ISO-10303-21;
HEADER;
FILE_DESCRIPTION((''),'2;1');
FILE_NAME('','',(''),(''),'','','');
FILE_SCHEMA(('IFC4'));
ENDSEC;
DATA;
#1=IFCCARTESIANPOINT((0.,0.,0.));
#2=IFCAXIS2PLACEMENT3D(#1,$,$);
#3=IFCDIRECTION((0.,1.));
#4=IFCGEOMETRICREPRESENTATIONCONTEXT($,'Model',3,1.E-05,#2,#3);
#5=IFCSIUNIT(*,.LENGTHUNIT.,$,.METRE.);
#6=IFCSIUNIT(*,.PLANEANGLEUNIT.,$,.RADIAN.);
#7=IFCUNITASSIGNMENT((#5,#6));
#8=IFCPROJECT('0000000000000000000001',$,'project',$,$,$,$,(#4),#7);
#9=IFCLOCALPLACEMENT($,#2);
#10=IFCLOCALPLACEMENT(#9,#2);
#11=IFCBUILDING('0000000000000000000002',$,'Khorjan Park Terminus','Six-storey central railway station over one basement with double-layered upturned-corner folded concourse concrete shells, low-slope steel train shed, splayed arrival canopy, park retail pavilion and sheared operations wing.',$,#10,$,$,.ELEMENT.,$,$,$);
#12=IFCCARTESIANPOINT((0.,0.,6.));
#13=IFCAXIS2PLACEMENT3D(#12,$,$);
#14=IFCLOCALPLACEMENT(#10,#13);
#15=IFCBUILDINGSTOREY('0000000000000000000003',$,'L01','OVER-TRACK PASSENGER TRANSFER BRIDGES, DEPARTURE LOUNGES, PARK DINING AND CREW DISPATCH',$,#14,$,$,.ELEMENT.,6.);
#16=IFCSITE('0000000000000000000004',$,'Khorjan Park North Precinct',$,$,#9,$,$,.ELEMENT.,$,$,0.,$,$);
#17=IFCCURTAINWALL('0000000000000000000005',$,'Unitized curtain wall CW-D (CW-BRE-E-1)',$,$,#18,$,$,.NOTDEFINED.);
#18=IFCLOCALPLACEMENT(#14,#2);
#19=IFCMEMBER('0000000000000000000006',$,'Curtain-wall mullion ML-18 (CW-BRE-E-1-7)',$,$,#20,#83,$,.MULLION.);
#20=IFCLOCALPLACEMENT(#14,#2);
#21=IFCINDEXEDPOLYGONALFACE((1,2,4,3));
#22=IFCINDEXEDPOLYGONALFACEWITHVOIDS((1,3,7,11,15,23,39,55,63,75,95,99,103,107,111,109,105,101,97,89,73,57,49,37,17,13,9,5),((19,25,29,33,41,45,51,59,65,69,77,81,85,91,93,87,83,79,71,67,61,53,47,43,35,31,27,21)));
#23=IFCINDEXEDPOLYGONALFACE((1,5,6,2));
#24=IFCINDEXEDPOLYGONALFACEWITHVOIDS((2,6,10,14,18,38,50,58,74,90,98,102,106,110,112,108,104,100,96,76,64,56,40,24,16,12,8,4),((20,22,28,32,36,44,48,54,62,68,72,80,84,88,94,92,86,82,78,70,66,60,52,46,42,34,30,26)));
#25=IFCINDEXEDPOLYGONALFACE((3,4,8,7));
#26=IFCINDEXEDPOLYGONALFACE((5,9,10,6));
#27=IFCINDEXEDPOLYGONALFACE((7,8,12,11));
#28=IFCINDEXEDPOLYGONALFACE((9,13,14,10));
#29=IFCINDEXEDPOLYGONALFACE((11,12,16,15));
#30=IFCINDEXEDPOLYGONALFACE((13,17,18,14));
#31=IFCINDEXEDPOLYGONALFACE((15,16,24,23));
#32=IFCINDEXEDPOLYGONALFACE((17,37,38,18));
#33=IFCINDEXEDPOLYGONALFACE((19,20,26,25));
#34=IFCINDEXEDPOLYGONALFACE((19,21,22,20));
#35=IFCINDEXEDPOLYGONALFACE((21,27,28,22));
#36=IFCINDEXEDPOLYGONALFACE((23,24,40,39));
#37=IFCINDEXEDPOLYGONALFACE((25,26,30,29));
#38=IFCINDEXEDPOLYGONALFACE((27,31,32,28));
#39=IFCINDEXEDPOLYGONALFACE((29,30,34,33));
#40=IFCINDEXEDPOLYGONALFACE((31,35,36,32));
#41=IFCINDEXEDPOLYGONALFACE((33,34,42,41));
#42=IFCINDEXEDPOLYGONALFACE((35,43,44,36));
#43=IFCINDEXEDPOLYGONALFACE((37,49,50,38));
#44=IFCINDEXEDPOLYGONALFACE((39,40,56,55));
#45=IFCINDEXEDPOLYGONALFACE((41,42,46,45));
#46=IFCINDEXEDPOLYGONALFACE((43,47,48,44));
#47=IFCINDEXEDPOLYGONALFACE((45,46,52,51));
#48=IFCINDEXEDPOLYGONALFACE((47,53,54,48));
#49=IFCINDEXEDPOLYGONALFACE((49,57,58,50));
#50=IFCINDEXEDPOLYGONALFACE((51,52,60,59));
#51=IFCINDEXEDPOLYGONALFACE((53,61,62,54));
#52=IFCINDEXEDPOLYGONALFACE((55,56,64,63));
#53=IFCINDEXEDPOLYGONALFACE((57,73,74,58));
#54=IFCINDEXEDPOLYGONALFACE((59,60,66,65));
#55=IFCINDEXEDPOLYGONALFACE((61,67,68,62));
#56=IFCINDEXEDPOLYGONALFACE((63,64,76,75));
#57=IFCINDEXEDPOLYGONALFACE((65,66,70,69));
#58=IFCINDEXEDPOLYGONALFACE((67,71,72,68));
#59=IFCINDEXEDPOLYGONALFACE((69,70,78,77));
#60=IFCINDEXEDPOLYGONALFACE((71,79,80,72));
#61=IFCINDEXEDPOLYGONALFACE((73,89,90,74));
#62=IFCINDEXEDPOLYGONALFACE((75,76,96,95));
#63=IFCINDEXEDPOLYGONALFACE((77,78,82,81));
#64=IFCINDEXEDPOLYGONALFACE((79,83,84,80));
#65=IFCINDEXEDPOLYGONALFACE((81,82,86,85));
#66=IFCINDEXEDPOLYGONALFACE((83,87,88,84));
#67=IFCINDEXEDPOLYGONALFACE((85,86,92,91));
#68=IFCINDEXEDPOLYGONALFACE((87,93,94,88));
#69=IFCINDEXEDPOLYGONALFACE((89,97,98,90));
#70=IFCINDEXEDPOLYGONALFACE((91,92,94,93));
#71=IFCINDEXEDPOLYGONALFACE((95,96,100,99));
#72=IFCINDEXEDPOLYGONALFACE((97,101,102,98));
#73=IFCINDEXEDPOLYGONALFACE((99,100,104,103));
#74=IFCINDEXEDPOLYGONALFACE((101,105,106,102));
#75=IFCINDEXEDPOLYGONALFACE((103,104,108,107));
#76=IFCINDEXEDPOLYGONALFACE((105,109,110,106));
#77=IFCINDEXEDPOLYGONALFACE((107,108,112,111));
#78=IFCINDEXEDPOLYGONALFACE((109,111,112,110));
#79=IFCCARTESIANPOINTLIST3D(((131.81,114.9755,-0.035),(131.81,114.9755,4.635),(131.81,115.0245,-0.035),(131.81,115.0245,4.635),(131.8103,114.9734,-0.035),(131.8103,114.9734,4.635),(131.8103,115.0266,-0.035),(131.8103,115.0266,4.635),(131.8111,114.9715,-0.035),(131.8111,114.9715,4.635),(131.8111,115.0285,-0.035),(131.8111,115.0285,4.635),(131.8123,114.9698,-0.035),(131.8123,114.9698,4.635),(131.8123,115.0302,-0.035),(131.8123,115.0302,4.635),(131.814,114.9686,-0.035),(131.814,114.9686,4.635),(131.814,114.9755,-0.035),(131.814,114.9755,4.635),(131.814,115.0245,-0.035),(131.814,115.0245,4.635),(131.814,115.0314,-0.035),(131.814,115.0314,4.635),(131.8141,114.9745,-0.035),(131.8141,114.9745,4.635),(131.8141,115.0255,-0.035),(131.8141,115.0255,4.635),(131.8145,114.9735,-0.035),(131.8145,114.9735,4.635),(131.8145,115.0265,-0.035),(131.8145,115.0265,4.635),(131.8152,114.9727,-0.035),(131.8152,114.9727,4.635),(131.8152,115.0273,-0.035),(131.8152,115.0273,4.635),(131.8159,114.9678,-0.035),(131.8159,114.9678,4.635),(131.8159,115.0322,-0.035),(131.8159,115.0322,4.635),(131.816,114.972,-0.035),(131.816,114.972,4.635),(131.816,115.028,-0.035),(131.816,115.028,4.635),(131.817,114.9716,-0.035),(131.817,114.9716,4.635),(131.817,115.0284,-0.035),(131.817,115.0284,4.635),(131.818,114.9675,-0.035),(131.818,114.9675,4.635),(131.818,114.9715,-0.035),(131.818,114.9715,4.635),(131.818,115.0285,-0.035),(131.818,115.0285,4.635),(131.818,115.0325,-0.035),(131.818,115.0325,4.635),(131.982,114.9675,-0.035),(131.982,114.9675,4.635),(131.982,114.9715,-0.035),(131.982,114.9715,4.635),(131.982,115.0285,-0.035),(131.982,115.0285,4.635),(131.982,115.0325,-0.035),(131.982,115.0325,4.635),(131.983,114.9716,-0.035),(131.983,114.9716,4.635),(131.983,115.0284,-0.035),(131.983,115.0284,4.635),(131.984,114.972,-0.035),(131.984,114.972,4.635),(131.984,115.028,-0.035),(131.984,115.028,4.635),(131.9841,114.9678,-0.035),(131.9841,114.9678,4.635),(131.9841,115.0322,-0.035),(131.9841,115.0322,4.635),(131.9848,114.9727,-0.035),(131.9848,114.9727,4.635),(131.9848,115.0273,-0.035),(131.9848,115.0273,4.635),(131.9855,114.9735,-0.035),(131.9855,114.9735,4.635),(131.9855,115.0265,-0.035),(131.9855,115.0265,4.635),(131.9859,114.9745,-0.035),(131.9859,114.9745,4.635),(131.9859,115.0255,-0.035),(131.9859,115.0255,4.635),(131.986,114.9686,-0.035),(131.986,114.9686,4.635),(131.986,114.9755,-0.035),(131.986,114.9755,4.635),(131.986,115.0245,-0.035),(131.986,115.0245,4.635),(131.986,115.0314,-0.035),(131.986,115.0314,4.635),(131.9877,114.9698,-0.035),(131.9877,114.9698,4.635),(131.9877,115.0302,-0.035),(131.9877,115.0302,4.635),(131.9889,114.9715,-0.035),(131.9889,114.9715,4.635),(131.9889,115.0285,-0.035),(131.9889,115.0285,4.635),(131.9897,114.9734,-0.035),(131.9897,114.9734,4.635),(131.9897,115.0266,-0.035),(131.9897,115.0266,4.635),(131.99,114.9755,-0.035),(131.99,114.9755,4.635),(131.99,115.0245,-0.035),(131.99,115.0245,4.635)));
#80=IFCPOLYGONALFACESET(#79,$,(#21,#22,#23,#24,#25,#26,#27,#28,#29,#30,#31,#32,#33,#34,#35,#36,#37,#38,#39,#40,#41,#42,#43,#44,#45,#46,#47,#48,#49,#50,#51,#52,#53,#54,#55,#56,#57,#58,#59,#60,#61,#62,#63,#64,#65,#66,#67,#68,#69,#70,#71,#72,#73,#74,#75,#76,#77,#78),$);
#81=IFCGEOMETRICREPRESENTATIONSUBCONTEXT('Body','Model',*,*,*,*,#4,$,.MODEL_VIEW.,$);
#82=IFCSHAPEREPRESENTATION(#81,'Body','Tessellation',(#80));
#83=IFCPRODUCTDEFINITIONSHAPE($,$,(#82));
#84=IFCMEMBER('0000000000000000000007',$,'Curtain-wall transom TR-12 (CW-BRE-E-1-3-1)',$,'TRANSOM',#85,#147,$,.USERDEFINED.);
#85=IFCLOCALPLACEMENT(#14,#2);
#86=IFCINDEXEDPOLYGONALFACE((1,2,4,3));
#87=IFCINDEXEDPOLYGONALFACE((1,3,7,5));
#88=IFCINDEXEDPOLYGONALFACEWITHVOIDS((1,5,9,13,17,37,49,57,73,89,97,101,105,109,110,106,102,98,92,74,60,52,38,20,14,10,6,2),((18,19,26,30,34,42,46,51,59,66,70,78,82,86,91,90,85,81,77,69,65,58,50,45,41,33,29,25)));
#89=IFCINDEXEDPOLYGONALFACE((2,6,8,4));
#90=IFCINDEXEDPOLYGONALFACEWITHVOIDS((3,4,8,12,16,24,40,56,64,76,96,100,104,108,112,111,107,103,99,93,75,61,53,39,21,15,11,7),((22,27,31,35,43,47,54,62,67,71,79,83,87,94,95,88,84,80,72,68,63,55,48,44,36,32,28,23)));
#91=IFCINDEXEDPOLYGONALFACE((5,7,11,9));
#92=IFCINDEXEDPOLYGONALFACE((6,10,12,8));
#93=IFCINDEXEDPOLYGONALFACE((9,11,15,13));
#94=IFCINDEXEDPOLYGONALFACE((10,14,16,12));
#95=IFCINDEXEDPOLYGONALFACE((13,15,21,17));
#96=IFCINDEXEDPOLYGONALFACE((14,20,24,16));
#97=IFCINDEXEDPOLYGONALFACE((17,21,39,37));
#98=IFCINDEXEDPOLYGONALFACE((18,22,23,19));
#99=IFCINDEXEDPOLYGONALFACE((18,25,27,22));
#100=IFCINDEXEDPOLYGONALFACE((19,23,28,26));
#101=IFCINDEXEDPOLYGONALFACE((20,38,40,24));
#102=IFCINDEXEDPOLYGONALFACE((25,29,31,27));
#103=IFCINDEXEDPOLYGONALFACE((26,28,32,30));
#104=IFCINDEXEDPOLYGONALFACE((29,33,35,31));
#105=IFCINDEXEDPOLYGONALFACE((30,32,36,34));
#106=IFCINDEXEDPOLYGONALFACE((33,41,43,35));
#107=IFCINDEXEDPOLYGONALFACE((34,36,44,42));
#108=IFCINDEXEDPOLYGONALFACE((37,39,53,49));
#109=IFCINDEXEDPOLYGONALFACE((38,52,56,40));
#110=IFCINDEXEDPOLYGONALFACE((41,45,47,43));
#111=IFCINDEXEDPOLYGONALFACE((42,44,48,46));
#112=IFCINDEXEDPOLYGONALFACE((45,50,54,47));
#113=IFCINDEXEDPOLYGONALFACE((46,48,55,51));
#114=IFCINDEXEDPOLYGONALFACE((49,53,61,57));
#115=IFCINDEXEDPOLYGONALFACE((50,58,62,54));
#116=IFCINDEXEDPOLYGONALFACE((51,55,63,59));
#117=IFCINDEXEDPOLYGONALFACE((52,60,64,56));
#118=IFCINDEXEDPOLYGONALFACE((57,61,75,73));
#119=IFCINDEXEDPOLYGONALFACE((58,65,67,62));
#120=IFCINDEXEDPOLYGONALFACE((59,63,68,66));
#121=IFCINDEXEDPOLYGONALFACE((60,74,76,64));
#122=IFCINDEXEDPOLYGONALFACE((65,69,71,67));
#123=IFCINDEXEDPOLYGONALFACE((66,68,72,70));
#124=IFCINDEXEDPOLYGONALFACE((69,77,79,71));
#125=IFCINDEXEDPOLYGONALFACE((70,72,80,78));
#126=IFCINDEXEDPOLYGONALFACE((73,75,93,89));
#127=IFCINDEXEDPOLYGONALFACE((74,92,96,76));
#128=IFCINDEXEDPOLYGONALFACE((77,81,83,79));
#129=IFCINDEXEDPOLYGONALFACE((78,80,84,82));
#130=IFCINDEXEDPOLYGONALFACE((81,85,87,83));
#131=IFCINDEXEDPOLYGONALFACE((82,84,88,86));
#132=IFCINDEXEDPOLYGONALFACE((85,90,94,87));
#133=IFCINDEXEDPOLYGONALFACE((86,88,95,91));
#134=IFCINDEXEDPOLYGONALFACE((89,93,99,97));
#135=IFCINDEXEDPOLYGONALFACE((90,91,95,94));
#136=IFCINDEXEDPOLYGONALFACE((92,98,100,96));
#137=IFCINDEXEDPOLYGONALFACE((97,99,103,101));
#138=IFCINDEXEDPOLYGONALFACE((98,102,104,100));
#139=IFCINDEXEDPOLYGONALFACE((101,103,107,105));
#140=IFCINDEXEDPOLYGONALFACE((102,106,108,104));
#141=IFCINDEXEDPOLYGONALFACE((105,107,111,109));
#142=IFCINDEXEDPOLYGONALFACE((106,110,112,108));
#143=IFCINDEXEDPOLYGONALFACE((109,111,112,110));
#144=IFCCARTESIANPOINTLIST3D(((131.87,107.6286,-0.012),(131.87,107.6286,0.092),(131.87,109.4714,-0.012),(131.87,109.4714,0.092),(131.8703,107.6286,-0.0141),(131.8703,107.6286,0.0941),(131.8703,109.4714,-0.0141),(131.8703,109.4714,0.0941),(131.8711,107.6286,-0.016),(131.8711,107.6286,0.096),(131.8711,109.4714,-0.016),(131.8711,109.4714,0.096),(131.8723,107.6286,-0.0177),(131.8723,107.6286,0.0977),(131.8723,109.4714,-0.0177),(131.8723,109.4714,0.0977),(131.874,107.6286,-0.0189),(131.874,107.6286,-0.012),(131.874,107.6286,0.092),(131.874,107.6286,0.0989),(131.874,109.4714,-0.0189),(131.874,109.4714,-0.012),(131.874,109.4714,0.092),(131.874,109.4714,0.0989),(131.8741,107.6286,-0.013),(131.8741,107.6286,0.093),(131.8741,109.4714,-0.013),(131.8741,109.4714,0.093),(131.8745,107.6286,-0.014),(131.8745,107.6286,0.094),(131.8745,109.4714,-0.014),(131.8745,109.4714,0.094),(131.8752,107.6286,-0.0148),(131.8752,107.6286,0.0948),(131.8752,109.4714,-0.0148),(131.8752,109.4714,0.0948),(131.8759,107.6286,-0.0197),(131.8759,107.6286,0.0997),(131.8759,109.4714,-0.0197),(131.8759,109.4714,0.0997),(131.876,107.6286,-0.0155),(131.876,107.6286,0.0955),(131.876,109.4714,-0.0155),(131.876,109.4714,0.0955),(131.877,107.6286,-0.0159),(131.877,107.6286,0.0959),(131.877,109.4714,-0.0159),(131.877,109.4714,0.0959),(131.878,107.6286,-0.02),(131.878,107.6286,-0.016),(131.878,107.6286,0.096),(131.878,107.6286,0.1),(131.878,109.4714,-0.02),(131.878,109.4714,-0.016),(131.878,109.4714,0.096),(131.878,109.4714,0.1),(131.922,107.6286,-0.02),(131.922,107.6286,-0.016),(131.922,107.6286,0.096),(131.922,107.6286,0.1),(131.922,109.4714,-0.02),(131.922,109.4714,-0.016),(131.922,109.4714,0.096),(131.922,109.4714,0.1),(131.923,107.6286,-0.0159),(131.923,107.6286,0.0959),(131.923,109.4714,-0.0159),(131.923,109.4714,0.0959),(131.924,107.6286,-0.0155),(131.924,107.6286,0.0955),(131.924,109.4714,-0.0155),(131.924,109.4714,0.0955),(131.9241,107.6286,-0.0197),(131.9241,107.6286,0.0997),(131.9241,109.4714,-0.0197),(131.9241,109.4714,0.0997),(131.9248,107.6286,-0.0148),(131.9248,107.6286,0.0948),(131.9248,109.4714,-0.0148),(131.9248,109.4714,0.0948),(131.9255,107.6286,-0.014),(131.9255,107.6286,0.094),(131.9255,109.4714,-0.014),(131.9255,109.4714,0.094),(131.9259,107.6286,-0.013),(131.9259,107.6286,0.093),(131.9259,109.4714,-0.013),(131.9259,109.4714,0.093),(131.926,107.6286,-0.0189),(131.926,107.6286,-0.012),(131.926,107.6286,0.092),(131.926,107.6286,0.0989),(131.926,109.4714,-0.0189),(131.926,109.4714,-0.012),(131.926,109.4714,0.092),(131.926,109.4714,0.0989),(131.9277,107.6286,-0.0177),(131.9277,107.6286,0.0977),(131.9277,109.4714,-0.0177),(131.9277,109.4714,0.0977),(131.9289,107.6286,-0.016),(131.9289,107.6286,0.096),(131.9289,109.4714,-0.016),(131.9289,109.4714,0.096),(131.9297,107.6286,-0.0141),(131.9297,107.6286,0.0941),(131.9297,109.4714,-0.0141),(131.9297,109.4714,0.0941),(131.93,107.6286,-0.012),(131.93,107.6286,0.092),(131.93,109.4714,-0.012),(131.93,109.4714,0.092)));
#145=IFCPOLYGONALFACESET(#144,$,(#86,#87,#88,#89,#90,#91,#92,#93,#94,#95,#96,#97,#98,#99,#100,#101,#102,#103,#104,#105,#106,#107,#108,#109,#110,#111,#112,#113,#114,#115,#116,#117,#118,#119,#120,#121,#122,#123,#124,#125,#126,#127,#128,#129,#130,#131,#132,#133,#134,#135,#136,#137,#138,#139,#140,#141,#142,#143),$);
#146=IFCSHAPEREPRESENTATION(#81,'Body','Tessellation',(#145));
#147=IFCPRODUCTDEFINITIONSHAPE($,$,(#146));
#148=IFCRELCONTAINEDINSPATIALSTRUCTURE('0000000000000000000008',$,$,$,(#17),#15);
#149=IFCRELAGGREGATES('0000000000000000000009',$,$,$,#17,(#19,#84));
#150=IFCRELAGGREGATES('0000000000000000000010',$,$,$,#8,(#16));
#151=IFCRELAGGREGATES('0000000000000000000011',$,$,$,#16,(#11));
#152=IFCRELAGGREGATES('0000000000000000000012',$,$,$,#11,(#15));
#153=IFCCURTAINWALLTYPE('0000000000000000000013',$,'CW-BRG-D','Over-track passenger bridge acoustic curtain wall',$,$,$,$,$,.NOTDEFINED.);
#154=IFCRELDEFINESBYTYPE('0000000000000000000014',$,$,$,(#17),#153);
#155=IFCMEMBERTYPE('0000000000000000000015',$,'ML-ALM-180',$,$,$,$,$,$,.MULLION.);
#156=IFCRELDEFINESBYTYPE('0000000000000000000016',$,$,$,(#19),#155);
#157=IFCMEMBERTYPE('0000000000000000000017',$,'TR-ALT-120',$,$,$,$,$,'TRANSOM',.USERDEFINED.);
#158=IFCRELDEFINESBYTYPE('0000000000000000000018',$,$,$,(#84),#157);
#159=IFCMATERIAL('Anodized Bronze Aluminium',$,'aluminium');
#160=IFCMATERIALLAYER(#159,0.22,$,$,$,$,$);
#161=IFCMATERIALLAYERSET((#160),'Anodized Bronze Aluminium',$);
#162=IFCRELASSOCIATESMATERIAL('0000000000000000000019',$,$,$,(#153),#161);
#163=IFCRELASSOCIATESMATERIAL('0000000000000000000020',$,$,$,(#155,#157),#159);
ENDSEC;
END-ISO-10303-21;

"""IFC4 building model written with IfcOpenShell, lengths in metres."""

from ifc_helpers import new_model, si_unit, direction, frame, origin, origin_2d, place, context, subcontext, project, spatial, hollow_rectangle, extrude, material, layer, layer_set, material_profile, profile_set, type_object, element, aggregate, save


model = new_model("IFC4")

# Units and contexts
model_context = context("Model", 3, precision=1e-05, world=origin(), true_north=direction((0.0, 1.0)))
body_context = subcontext(model_context, "Body", "Model", "MODEL_VIEW")
ifc_project = project(units=[si_unit("LENGTHUNIT", "METRE"), si_unit("PLANEANGLEUNIT", "RADIAN")], contexts=[model_context])

# Site, building, storey
site_placement = place(None, origin())
site = spatial("IfcSite", under=ifc_project, at=site_placement, Name="Khorjan Park North Precinct", CompositionType="ELEMENT", RefElevation=0.0)
building_placement = place(site_placement, origin())
building = spatial("IfcBuilding", under=site, at=building_placement, Name="Khorjan Park Terminus", Description="Six-storey central railway station over one basement with double-layered upturned-corner folded concourse concrete shells, low-slope steel train shed, splayed arrival canopy, park retail pavilion and sheared operations wing.", CompositionType="ELEMENT")
storey_placement = place(building_placement, frame((0.0, 0.0, 6.0)))
storey = spatial("IfcBuildingStorey", under=building, at=storey_placement, Name="L01", Description="OVER-TRACK PASSENGER TRANSFER BRIDGES, DEPARTURE LOUNGES, PARK DINING AND CREW DISPATCH", CompositionType="ELEMENT", Elevation=6.0)

# Curtain wall, members
ifc_material_1 = material(Name="Anodized Bronze Aluminium", Category="aluminium")
ifc_layer_1 = layer(ifc_material_1, 0.22)
ifc_layer_set_1 = layer_set([ifc_layer_1], Name="Anodized Bronze Aluminium")
curtain_wall_type = type_object("IfcCurtainWallType", Name="CW-BRG-D", Description="Over-track passenger bridge acoustic curtain wall", PredefinedType="NOTDEFINED", material=ifc_layer_set_1)
curtain_wall_1_placement = place(storey_placement, origin())
curtain_wall_1 = element("IfcCurtainWall", 1, at=curtain_wall_1_placement, inside=storey, type_object=curtain_wall_type, Name="Unitized curtain wall CW-D (CW-BRE-E-1)", PredefinedType="NOTDEFINED")
ifc_material_profile_1 = material_profile(ifc_material_1, hollow_rectangle(XDim=0.065, YDim=0.18, WallThickness=0.004, InnerFilletRadius=0.004, OuterFilletRadius=0.008, at=origin_2d()), Name="ALM 65x180x4")
ifc_profile_set_1 = profile_set([ifc_material_profile_1], Name="Anodized Bronze Aluminium")
member_type_1 = type_object("IfcMemberType", Name="ML-ALM-180", PredefinedType="MULLION", material=ifc_profile_set_1)
member_1_placement = place(storey_placement, frame((131.9, 115.0, -0.035), z_axis=(0.0, 0.0, 1.0), x_axis=(0.0, 1.0, 0.0)))
member_1 = element("IfcMember", 2, at=member_1_placement, type_object=member_type_1, Name="Curtain-wall mullion ML-18 (CW-BRE-E-1-7)", PredefinedType="MULLION", context=body_context, shape_type="SweptSolid", body=[
    extrude(hollow_rectangle(XDim=0.065, YDim=0.18, WallThickness=0.004, InnerFilletRadius=0.004, OuterFilletRadius=0.008, at=origin_2d()), origin(), (0.0, 0.0, 1.0), 4.67),
])
ifc_material_profile_2 = material_profile(ifc_material_1, hollow_rectangle(XDim=0.06, YDim=0.12, WallThickness=0.004, InnerFilletRadius=0.004, OuterFilletRadius=0.008, at=origin_2d()), Name="ALT 60x120x4")
ifc_profile_set_2 = profile_set([ifc_material_profile_2], Name="Anodized Bronze Aluminium")
member_type_2 = type_object("IfcMemberType", Name="TR-ALT-120", ElementType="TRANSOM", PredefinedType="USERDEFINED", material=ifc_profile_set_2)
member_2_placement = place(storey_placement, frame((131.9, 107.6286, 0.04), z_axis=(0.0, 1.0, 0.0), x_axis=(-1.0, 0.0, 0.0)))
member_2 = element("IfcMember", 3, at=member_2_placement, type_object=member_type_2, Name="Curtain-wall transom TR-12 (CW-BRE-E-1-3-1)", ObjectType="TRANSOM", PredefinedType="USERDEFINED", context=body_context, shape_type="SweptSolid", body=[
    extrude(hollow_rectangle(XDim=0.06, YDim=0.12, WallThickness=0.004, InnerFilletRadius=0.004, OuterFilletRadius=0.008, at=origin_2d()), origin(), (0.0, 0.0, 1.0), 1.8428),
])

aggregate(curtain_wall_1, [member_1, member_2])

save(model, "model.ifc")
